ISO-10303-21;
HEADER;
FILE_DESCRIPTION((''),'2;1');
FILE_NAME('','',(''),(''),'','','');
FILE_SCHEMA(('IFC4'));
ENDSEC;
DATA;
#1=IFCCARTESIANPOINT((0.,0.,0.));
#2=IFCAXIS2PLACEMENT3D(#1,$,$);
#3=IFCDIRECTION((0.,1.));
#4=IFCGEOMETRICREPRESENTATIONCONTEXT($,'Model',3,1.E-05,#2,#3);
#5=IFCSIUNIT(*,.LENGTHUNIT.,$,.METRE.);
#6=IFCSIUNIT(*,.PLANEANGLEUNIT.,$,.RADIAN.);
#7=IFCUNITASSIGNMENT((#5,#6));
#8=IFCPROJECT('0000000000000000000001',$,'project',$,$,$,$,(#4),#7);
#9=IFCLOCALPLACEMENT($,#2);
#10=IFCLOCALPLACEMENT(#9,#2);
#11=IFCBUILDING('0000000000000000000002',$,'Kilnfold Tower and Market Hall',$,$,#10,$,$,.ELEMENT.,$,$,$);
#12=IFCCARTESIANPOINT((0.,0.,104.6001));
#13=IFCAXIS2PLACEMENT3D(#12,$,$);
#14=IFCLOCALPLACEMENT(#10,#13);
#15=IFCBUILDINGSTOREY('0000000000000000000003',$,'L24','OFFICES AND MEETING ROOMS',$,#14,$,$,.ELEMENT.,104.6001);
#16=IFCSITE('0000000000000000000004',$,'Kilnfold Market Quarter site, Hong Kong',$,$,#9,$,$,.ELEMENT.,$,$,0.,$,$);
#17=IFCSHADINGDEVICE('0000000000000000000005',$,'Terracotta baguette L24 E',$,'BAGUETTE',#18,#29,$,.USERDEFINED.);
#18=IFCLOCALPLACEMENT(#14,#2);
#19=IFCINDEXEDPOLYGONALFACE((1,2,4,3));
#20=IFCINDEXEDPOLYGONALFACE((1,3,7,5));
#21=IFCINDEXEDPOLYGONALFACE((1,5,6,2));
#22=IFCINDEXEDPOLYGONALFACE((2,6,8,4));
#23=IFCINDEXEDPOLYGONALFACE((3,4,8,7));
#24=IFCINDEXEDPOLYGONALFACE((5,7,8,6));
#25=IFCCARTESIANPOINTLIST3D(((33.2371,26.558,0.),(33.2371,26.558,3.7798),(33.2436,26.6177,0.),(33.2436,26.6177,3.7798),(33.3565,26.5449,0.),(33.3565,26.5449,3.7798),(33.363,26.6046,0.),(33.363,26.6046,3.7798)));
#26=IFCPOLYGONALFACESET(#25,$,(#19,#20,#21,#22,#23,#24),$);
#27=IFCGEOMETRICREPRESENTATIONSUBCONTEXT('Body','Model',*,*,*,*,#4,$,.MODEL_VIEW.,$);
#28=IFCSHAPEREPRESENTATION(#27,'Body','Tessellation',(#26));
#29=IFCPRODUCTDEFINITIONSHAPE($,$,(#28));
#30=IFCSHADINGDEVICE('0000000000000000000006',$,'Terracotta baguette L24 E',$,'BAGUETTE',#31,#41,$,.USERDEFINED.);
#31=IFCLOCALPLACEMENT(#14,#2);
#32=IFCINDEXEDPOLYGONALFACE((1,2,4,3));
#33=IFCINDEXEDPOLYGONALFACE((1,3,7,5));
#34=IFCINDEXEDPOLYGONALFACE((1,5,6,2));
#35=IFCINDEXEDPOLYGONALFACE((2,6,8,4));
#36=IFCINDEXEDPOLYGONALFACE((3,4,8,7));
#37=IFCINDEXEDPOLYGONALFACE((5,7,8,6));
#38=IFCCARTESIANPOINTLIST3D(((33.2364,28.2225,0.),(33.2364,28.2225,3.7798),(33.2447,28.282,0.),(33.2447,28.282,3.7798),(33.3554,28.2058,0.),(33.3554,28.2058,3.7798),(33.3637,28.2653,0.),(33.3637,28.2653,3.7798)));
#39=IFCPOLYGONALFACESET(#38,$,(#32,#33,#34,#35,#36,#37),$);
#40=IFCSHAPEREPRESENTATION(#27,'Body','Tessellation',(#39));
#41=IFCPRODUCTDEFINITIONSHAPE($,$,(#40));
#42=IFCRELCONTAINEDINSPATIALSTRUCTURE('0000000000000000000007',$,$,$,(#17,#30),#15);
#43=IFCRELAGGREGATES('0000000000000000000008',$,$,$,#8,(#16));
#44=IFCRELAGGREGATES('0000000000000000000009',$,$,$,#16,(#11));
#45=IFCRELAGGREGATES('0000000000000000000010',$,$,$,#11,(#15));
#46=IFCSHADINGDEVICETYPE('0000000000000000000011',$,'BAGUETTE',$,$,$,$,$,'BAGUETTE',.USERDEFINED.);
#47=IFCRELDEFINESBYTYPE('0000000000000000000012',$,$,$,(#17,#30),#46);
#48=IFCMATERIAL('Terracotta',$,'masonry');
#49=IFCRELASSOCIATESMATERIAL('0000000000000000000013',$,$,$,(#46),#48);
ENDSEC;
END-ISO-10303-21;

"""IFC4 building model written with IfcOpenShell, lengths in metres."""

from ifc_helpers import new_model, si_unit, direction, frame, origin, origin_2d, place, context, subcontext, project, spatial, rectangle, extrude, source, transform, mapped, material, material_profile, profile_set, type_object, element, save


model = new_model("IFC4")

# Units and contexts
model_context = context("Model", 3, precision=1e-05, world=origin(), true_north=direction((0.0, 1.0)))
body_context = subcontext(model_context, "Body", "Model", "MODEL_VIEW")
ifc_project = project(units=[si_unit("LENGTHUNIT", "METRE"), si_unit("PLANEANGLEUNIT", "RADIAN")], contexts=[model_context])

# Site, building, storey
site_placement = place(None, origin())
site = spatial("IfcSite", under=ifc_project, at=site_placement, Name="Kilnfold Market Quarter site, Hong Kong", CompositionType="ELEMENT", RefElevation=0.0)
building_placement = place(site_placement, origin())
building = spatial("IfcBuilding", under=site, at=building_placement, Name="Kilnfold Tower and Market Hall", CompositionType="ELEMENT")
storey_placement = place(building_placement, frame((0.0, 0.0, 104.6001)))
storey = spatial("IfcBuildingStorey", under=building, at=storey_placement, Name="L24", Description="OFFICES AND MEETING ROOMS", CompositionType="ELEMENT", Elevation=104.6001)

# Shading devices
ifc_material_1 = material(Name="Terracotta", Category="masonry")
ifc_material_profile_1 = material_profile(ifc_material_1, rectangle(XDim=0.0601, YDim=0.1201, at=origin_2d()), Name="BAG 60x120")
ifc_profile_set_1 = profile_set([ifc_material_profile_1], Name="Terracotta")
shading_device_type = type_object("IfcShadingDeviceType", Name="BAGUETTE", ElementType="BAGUETTE", PredefinedType="USERDEFINED", material=ifc_profile_set_1)
shared_shape_1 = source(origin(), body_context, "Body", "SweptSolid", [
    extrude(rectangle(XDim=0.0601, YDim=0.1201, at=origin_2d()), origin(), (0.0, 0.0, 1.0), 3.7798),
])
for number, where, z_axis, x_axis, name in (
    (1, (33.3, 26.5813, 0.0), (0.0, 0.0, 1.0), (0.109065, 0.994035, 0.0), "Terracotta baguette L24 E"),
    (2, (33.3, 28.2439, 0.0), (0.0, 0.0, 1.0), (0.138791, 0.990322, 0.0), "Terracotta baguette L24 E"),
):
    element("IfcShadingDevice", number, at=place(storey_placement, frame(where, z_axis=z_axis, x_axis=x_axis)), inside=storey, type_object=shading_device_type, Name=name, ObjectType="BAGUETTE", PredefinedType="USERDEFINED", context=body_context, shape_type="MappedRepresentation", body=[
        mapped(shared_shape_1, transform((0.0, 0.0, 0.0))),
    ])

save(model, "model.ifc")
